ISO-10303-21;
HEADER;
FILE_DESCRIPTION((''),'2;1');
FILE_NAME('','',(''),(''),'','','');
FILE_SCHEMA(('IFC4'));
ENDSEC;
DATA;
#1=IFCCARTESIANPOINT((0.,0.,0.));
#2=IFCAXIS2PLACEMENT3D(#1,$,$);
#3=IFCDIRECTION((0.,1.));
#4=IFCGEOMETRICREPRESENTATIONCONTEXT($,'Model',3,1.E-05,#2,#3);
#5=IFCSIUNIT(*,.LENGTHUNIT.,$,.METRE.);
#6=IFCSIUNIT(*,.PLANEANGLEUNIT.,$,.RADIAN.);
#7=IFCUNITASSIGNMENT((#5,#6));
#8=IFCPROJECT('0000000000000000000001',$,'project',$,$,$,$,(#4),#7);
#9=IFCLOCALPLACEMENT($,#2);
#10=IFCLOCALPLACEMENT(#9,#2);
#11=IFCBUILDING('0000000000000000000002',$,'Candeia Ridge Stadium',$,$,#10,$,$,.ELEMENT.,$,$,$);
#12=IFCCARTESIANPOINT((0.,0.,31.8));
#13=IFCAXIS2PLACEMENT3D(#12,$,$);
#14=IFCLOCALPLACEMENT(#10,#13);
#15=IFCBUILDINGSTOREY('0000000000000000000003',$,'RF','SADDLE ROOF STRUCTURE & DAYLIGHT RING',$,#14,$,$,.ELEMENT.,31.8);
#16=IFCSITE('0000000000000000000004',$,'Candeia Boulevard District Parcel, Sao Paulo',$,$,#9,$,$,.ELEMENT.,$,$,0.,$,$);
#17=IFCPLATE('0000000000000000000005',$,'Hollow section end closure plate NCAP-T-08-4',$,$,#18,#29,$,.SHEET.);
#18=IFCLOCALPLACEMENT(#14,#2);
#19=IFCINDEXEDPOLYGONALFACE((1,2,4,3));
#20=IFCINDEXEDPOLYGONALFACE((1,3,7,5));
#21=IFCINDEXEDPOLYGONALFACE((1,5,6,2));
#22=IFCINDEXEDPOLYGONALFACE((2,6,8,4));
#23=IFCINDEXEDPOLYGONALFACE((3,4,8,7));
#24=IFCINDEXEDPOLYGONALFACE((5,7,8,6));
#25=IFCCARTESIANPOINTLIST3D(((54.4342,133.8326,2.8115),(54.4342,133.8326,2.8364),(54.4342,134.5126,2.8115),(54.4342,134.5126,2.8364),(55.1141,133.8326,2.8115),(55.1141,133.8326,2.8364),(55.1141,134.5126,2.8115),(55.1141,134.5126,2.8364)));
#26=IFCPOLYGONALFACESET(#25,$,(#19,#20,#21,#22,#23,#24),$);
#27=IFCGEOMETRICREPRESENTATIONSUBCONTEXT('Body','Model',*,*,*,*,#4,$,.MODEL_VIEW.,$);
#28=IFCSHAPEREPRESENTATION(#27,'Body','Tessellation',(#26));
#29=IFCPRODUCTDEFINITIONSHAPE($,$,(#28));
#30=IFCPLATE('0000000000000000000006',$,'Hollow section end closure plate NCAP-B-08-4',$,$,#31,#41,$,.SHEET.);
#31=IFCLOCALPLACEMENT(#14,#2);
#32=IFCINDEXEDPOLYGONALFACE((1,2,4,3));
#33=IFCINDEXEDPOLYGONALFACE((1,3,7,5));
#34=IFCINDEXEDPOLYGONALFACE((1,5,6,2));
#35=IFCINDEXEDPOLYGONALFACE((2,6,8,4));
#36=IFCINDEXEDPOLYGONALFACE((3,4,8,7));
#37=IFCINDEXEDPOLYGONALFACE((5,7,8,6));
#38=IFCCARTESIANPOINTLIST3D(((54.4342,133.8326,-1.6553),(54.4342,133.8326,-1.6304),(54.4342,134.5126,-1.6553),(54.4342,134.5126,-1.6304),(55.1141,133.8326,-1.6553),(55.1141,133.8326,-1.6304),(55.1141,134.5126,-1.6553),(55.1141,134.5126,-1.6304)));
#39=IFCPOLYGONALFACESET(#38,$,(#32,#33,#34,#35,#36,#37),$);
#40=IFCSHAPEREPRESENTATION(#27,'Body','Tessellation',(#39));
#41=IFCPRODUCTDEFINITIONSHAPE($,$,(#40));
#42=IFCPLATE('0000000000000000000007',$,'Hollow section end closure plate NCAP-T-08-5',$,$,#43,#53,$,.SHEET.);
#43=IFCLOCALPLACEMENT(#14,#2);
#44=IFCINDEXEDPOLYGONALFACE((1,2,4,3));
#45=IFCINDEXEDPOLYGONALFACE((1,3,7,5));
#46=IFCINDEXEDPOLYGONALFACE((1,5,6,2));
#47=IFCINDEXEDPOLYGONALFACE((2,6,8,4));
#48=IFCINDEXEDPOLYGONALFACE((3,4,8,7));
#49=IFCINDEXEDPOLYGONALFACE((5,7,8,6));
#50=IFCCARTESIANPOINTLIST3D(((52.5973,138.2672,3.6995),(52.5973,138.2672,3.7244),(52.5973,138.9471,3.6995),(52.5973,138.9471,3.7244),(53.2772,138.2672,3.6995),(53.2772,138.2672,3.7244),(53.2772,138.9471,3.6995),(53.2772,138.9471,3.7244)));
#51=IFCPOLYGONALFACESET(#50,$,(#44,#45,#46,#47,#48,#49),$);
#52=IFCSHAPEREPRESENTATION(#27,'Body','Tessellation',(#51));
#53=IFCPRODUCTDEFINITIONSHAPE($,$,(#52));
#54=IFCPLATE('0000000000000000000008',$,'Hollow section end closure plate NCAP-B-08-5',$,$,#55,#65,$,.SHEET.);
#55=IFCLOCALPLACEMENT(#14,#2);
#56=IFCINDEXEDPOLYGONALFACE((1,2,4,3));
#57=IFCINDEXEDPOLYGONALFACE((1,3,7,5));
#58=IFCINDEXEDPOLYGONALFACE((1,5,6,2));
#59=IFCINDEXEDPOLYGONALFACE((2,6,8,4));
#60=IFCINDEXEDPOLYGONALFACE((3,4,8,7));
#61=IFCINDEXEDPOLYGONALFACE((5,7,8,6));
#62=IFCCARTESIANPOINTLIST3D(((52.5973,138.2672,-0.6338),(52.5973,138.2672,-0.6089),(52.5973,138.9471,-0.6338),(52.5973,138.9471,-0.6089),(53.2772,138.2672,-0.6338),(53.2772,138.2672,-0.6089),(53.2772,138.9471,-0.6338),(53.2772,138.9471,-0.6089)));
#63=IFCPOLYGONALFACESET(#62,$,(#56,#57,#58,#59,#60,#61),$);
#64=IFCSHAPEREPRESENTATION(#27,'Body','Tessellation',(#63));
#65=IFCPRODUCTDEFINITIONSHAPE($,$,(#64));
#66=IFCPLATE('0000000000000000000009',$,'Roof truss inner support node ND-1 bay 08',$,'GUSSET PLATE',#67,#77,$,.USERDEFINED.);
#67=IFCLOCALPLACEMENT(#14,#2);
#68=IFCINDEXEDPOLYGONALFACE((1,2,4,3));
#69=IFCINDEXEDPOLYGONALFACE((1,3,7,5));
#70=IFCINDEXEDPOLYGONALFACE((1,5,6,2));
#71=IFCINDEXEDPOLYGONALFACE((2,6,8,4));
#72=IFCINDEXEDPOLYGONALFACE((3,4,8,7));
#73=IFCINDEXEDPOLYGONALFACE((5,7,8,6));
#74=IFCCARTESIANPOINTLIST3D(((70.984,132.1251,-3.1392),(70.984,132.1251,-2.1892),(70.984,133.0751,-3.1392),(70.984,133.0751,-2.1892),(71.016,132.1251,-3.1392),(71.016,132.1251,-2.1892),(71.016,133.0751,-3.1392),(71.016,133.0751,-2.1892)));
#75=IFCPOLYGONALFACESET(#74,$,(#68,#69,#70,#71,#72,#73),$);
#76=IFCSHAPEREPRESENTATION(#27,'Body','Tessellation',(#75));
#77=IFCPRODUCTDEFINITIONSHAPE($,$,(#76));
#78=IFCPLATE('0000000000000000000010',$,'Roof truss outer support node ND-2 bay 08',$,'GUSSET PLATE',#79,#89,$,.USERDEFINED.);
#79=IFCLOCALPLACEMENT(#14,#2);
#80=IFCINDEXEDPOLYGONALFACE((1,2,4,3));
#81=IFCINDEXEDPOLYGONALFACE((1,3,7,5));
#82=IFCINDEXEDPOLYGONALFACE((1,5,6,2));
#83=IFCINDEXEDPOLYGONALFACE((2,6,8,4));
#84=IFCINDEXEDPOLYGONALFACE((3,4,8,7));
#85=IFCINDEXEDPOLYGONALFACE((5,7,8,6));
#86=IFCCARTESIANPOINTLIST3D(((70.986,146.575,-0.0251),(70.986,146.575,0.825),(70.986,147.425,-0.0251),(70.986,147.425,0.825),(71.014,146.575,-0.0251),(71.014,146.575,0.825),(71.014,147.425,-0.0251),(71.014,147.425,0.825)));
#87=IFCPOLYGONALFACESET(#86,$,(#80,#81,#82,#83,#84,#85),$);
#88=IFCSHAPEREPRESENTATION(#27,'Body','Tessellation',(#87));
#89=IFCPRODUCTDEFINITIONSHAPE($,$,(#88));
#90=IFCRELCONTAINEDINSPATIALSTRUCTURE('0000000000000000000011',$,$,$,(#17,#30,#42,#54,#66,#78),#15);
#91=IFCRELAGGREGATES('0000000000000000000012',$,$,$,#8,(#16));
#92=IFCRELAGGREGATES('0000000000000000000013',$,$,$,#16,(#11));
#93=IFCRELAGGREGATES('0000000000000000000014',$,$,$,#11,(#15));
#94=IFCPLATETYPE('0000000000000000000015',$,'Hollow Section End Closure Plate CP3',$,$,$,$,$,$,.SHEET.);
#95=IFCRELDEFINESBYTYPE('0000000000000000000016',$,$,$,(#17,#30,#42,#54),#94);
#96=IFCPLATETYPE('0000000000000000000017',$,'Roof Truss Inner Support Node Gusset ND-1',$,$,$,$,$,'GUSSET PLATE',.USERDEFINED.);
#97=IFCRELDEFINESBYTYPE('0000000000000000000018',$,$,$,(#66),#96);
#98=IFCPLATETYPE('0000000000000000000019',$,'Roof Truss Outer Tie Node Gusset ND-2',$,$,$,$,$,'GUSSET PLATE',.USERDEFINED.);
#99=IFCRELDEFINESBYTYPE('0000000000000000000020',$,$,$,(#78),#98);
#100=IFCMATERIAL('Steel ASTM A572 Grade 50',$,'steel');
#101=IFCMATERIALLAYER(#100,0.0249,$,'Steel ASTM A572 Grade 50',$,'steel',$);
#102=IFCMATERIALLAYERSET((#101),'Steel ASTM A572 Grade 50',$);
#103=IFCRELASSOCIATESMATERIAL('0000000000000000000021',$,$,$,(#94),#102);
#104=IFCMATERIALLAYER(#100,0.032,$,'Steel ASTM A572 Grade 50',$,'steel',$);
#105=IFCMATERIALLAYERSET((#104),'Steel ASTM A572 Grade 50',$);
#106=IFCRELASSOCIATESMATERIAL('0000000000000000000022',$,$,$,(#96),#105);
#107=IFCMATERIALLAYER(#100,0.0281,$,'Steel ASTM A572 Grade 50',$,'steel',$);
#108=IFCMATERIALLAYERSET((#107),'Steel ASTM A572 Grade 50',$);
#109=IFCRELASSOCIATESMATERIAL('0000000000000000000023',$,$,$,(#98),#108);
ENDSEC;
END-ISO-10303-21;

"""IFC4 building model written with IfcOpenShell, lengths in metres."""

from ifc_helpers import new_model, si_unit, direction, frame, origin, origin_2d, place, context, subcontext, project, spatial, rectangle, extrude, material, layer, layer_set, type_object, element, save


model = new_model("IFC4")

# Units and contexts
model_context = context("Model", 3, precision=1e-05, world=origin(), true_north=direction((0.0, 1.0)))
body_context = subcontext(model_context, "Body", "Model", "MODEL_VIEW")
ifc_project = project(units=[si_unit("LENGTHUNIT", "METRE"), si_unit("PLANEANGLEUNIT", "RADIAN")], contexts=[model_context])

# Site, building, storey
site_placement = place(None, origin())
site = spatial("IfcSite", under=ifc_project, at=site_placement, Name="Candeia Boulevard District Parcel, Sao Paulo", CompositionType="ELEMENT", RefElevation=0.0)
building_placement = place(site_placement, origin())
building = spatial("IfcBuilding", under=site, at=building_placement, Name="Candeia Ridge Stadium", CompositionType="ELEMENT")
storey_placement = place(building_placement, frame((0.0, 0.0, 31.8)))
storey = spatial("IfcBuildingStorey", under=building, at=storey_placement, Name="RF", Description="SADDLE ROOF STRUCTURE & DAYLIGHT RING", CompositionType="ELEMENT", Elevation=31.8)

# Shared definitions
ifc_material_1 = material(Name="Steel ASTM A572 Grade 50", Category="steel")

# Plates
ifc_layer_1 = layer(ifc_material_1, 0.0249, Name="Steel ASTM A572 Grade 50", Category="steel")
ifc_layer_set_1 = layer_set([ifc_layer_1], Name="Steel ASTM A572 Grade 50")
plate_type_1 = type_object("IfcPlateType", Name="Hollow Section End Closure Plate CP3", PredefinedType="SHEET", material=ifc_layer_set_1)
for number, where, z_axis, x_axis, name in (
    (1, (54.7742, 134.1726, 2.8115), (0.0, 0.0, 1.0), (1.0, 0.0, 0.0), "Hollow section end closure plate NCAP-T-08-4"),
    (2, (54.7742, 134.1726, -1.6553), (0.0, 0.0, 1.0), (1.0, 0.0, 0.0), "Hollow section end closure plate NCAP-B-08-4"),
    (3, (52.9373, 138.6072, 3.6995), (0.0, 0.0, 1.0), (1.0, 0.0, 0.0), "Hollow section end closure plate NCAP-T-08-5"),
    (4, (52.9373, 138.6072, -0.6338), (0.0, 0.0, 1.0), (1.0, 0.0, 0.0), "Hollow section end closure plate NCAP-B-08-5"),
):
    element("IfcPlate", number, at=place(storey_placement, frame(where, z_axis=z_axis, x_axis=x_axis)), inside=storey, type_object=plate_type_1, Name=name, PredefinedType="SHEET", context=body_context, shape_type="SweptSolid", body=[
        extrude(rectangle(XDim=0.6799, YDim=0.6799, at=origin_2d()), origin(), (0.0, 0.0, 1.0), 0.0249),
    ])
ifc_layer_2 = layer(ifc_material_1, 0.032, Name="Steel ASTM A572 Grade 50", Category="steel")
ifc_layer_set_2 = layer_set([ifc_layer_2], Name="Steel ASTM A572 Grade 50")
plate_type_2 = type_object("IfcPlateType", Name="Roof Truss Inner Support Node Gusset ND-1", ElementType="GUSSET PLATE", PredefinedType="USERDEFINED", material=ifc_layer_set_2)
plate_1_placement = place(storey_placement, frame((71.0, 132.6001, -3.1392), z_axis=(0.0, 0.0, 1.0), x_axis=(0.0, 1.0, 0.0)))
element("IfcPlate", 5, at=plate_1_placement, inside=storey, type_object=plate_type_2, Name="Roof truss inner support node ND-1 bay 08", ObjectType="GUSSET PLATE", PredefinedType="USERDEFINED", context=body_context, shape_type="SweptSolid", body=[
    extrude(rectangle(XDim=0.95, YDim=0.032, at=origin_2d()), origin(), (0.0, 0.0, 1.0), 0.95),
])
ifc_layer_3 = layer(ifc_material_1, 0.0281, Name="Steel ASTM A572 Grade 50", Category="steel")
ifc_layer_set_3 = layer_set([ifc_layer_3], Name="Steel ASTM A572 Grade 50")
plate_type_3 = type_object("IfcPlateType", Name="Roof Truss Outer Tie Node Gusset ND-2", ElementType="GUSSET PLATE", PredefinedType="USERDEFINED", material=ifc_layer_set_3)
plate_2_placement = place(storey_placement, frame((71.0, 147.0, -0.0251), z_axis=(0.0, 0.0, 1.0), x_axis=(0.0, 1.0, 0.0)))
element("IfcPlate", 6, at=plate_2_placement, inside=storey, type_object=plate_type_3, Name="Roof truss outer support node ND-2 bay 08", ObjectType="GUSSET PLATE", PredefinedType="USERDEFINED", context=body_context, shape_type="SweptSolid", body=[
    extrude(rectangle(XDim=0.8501, YDim=0.0281, at=origin_2d()), origin(), (0.0, 0.0, 1.0), 0.8501),
])

save(model, "model.ifc")
